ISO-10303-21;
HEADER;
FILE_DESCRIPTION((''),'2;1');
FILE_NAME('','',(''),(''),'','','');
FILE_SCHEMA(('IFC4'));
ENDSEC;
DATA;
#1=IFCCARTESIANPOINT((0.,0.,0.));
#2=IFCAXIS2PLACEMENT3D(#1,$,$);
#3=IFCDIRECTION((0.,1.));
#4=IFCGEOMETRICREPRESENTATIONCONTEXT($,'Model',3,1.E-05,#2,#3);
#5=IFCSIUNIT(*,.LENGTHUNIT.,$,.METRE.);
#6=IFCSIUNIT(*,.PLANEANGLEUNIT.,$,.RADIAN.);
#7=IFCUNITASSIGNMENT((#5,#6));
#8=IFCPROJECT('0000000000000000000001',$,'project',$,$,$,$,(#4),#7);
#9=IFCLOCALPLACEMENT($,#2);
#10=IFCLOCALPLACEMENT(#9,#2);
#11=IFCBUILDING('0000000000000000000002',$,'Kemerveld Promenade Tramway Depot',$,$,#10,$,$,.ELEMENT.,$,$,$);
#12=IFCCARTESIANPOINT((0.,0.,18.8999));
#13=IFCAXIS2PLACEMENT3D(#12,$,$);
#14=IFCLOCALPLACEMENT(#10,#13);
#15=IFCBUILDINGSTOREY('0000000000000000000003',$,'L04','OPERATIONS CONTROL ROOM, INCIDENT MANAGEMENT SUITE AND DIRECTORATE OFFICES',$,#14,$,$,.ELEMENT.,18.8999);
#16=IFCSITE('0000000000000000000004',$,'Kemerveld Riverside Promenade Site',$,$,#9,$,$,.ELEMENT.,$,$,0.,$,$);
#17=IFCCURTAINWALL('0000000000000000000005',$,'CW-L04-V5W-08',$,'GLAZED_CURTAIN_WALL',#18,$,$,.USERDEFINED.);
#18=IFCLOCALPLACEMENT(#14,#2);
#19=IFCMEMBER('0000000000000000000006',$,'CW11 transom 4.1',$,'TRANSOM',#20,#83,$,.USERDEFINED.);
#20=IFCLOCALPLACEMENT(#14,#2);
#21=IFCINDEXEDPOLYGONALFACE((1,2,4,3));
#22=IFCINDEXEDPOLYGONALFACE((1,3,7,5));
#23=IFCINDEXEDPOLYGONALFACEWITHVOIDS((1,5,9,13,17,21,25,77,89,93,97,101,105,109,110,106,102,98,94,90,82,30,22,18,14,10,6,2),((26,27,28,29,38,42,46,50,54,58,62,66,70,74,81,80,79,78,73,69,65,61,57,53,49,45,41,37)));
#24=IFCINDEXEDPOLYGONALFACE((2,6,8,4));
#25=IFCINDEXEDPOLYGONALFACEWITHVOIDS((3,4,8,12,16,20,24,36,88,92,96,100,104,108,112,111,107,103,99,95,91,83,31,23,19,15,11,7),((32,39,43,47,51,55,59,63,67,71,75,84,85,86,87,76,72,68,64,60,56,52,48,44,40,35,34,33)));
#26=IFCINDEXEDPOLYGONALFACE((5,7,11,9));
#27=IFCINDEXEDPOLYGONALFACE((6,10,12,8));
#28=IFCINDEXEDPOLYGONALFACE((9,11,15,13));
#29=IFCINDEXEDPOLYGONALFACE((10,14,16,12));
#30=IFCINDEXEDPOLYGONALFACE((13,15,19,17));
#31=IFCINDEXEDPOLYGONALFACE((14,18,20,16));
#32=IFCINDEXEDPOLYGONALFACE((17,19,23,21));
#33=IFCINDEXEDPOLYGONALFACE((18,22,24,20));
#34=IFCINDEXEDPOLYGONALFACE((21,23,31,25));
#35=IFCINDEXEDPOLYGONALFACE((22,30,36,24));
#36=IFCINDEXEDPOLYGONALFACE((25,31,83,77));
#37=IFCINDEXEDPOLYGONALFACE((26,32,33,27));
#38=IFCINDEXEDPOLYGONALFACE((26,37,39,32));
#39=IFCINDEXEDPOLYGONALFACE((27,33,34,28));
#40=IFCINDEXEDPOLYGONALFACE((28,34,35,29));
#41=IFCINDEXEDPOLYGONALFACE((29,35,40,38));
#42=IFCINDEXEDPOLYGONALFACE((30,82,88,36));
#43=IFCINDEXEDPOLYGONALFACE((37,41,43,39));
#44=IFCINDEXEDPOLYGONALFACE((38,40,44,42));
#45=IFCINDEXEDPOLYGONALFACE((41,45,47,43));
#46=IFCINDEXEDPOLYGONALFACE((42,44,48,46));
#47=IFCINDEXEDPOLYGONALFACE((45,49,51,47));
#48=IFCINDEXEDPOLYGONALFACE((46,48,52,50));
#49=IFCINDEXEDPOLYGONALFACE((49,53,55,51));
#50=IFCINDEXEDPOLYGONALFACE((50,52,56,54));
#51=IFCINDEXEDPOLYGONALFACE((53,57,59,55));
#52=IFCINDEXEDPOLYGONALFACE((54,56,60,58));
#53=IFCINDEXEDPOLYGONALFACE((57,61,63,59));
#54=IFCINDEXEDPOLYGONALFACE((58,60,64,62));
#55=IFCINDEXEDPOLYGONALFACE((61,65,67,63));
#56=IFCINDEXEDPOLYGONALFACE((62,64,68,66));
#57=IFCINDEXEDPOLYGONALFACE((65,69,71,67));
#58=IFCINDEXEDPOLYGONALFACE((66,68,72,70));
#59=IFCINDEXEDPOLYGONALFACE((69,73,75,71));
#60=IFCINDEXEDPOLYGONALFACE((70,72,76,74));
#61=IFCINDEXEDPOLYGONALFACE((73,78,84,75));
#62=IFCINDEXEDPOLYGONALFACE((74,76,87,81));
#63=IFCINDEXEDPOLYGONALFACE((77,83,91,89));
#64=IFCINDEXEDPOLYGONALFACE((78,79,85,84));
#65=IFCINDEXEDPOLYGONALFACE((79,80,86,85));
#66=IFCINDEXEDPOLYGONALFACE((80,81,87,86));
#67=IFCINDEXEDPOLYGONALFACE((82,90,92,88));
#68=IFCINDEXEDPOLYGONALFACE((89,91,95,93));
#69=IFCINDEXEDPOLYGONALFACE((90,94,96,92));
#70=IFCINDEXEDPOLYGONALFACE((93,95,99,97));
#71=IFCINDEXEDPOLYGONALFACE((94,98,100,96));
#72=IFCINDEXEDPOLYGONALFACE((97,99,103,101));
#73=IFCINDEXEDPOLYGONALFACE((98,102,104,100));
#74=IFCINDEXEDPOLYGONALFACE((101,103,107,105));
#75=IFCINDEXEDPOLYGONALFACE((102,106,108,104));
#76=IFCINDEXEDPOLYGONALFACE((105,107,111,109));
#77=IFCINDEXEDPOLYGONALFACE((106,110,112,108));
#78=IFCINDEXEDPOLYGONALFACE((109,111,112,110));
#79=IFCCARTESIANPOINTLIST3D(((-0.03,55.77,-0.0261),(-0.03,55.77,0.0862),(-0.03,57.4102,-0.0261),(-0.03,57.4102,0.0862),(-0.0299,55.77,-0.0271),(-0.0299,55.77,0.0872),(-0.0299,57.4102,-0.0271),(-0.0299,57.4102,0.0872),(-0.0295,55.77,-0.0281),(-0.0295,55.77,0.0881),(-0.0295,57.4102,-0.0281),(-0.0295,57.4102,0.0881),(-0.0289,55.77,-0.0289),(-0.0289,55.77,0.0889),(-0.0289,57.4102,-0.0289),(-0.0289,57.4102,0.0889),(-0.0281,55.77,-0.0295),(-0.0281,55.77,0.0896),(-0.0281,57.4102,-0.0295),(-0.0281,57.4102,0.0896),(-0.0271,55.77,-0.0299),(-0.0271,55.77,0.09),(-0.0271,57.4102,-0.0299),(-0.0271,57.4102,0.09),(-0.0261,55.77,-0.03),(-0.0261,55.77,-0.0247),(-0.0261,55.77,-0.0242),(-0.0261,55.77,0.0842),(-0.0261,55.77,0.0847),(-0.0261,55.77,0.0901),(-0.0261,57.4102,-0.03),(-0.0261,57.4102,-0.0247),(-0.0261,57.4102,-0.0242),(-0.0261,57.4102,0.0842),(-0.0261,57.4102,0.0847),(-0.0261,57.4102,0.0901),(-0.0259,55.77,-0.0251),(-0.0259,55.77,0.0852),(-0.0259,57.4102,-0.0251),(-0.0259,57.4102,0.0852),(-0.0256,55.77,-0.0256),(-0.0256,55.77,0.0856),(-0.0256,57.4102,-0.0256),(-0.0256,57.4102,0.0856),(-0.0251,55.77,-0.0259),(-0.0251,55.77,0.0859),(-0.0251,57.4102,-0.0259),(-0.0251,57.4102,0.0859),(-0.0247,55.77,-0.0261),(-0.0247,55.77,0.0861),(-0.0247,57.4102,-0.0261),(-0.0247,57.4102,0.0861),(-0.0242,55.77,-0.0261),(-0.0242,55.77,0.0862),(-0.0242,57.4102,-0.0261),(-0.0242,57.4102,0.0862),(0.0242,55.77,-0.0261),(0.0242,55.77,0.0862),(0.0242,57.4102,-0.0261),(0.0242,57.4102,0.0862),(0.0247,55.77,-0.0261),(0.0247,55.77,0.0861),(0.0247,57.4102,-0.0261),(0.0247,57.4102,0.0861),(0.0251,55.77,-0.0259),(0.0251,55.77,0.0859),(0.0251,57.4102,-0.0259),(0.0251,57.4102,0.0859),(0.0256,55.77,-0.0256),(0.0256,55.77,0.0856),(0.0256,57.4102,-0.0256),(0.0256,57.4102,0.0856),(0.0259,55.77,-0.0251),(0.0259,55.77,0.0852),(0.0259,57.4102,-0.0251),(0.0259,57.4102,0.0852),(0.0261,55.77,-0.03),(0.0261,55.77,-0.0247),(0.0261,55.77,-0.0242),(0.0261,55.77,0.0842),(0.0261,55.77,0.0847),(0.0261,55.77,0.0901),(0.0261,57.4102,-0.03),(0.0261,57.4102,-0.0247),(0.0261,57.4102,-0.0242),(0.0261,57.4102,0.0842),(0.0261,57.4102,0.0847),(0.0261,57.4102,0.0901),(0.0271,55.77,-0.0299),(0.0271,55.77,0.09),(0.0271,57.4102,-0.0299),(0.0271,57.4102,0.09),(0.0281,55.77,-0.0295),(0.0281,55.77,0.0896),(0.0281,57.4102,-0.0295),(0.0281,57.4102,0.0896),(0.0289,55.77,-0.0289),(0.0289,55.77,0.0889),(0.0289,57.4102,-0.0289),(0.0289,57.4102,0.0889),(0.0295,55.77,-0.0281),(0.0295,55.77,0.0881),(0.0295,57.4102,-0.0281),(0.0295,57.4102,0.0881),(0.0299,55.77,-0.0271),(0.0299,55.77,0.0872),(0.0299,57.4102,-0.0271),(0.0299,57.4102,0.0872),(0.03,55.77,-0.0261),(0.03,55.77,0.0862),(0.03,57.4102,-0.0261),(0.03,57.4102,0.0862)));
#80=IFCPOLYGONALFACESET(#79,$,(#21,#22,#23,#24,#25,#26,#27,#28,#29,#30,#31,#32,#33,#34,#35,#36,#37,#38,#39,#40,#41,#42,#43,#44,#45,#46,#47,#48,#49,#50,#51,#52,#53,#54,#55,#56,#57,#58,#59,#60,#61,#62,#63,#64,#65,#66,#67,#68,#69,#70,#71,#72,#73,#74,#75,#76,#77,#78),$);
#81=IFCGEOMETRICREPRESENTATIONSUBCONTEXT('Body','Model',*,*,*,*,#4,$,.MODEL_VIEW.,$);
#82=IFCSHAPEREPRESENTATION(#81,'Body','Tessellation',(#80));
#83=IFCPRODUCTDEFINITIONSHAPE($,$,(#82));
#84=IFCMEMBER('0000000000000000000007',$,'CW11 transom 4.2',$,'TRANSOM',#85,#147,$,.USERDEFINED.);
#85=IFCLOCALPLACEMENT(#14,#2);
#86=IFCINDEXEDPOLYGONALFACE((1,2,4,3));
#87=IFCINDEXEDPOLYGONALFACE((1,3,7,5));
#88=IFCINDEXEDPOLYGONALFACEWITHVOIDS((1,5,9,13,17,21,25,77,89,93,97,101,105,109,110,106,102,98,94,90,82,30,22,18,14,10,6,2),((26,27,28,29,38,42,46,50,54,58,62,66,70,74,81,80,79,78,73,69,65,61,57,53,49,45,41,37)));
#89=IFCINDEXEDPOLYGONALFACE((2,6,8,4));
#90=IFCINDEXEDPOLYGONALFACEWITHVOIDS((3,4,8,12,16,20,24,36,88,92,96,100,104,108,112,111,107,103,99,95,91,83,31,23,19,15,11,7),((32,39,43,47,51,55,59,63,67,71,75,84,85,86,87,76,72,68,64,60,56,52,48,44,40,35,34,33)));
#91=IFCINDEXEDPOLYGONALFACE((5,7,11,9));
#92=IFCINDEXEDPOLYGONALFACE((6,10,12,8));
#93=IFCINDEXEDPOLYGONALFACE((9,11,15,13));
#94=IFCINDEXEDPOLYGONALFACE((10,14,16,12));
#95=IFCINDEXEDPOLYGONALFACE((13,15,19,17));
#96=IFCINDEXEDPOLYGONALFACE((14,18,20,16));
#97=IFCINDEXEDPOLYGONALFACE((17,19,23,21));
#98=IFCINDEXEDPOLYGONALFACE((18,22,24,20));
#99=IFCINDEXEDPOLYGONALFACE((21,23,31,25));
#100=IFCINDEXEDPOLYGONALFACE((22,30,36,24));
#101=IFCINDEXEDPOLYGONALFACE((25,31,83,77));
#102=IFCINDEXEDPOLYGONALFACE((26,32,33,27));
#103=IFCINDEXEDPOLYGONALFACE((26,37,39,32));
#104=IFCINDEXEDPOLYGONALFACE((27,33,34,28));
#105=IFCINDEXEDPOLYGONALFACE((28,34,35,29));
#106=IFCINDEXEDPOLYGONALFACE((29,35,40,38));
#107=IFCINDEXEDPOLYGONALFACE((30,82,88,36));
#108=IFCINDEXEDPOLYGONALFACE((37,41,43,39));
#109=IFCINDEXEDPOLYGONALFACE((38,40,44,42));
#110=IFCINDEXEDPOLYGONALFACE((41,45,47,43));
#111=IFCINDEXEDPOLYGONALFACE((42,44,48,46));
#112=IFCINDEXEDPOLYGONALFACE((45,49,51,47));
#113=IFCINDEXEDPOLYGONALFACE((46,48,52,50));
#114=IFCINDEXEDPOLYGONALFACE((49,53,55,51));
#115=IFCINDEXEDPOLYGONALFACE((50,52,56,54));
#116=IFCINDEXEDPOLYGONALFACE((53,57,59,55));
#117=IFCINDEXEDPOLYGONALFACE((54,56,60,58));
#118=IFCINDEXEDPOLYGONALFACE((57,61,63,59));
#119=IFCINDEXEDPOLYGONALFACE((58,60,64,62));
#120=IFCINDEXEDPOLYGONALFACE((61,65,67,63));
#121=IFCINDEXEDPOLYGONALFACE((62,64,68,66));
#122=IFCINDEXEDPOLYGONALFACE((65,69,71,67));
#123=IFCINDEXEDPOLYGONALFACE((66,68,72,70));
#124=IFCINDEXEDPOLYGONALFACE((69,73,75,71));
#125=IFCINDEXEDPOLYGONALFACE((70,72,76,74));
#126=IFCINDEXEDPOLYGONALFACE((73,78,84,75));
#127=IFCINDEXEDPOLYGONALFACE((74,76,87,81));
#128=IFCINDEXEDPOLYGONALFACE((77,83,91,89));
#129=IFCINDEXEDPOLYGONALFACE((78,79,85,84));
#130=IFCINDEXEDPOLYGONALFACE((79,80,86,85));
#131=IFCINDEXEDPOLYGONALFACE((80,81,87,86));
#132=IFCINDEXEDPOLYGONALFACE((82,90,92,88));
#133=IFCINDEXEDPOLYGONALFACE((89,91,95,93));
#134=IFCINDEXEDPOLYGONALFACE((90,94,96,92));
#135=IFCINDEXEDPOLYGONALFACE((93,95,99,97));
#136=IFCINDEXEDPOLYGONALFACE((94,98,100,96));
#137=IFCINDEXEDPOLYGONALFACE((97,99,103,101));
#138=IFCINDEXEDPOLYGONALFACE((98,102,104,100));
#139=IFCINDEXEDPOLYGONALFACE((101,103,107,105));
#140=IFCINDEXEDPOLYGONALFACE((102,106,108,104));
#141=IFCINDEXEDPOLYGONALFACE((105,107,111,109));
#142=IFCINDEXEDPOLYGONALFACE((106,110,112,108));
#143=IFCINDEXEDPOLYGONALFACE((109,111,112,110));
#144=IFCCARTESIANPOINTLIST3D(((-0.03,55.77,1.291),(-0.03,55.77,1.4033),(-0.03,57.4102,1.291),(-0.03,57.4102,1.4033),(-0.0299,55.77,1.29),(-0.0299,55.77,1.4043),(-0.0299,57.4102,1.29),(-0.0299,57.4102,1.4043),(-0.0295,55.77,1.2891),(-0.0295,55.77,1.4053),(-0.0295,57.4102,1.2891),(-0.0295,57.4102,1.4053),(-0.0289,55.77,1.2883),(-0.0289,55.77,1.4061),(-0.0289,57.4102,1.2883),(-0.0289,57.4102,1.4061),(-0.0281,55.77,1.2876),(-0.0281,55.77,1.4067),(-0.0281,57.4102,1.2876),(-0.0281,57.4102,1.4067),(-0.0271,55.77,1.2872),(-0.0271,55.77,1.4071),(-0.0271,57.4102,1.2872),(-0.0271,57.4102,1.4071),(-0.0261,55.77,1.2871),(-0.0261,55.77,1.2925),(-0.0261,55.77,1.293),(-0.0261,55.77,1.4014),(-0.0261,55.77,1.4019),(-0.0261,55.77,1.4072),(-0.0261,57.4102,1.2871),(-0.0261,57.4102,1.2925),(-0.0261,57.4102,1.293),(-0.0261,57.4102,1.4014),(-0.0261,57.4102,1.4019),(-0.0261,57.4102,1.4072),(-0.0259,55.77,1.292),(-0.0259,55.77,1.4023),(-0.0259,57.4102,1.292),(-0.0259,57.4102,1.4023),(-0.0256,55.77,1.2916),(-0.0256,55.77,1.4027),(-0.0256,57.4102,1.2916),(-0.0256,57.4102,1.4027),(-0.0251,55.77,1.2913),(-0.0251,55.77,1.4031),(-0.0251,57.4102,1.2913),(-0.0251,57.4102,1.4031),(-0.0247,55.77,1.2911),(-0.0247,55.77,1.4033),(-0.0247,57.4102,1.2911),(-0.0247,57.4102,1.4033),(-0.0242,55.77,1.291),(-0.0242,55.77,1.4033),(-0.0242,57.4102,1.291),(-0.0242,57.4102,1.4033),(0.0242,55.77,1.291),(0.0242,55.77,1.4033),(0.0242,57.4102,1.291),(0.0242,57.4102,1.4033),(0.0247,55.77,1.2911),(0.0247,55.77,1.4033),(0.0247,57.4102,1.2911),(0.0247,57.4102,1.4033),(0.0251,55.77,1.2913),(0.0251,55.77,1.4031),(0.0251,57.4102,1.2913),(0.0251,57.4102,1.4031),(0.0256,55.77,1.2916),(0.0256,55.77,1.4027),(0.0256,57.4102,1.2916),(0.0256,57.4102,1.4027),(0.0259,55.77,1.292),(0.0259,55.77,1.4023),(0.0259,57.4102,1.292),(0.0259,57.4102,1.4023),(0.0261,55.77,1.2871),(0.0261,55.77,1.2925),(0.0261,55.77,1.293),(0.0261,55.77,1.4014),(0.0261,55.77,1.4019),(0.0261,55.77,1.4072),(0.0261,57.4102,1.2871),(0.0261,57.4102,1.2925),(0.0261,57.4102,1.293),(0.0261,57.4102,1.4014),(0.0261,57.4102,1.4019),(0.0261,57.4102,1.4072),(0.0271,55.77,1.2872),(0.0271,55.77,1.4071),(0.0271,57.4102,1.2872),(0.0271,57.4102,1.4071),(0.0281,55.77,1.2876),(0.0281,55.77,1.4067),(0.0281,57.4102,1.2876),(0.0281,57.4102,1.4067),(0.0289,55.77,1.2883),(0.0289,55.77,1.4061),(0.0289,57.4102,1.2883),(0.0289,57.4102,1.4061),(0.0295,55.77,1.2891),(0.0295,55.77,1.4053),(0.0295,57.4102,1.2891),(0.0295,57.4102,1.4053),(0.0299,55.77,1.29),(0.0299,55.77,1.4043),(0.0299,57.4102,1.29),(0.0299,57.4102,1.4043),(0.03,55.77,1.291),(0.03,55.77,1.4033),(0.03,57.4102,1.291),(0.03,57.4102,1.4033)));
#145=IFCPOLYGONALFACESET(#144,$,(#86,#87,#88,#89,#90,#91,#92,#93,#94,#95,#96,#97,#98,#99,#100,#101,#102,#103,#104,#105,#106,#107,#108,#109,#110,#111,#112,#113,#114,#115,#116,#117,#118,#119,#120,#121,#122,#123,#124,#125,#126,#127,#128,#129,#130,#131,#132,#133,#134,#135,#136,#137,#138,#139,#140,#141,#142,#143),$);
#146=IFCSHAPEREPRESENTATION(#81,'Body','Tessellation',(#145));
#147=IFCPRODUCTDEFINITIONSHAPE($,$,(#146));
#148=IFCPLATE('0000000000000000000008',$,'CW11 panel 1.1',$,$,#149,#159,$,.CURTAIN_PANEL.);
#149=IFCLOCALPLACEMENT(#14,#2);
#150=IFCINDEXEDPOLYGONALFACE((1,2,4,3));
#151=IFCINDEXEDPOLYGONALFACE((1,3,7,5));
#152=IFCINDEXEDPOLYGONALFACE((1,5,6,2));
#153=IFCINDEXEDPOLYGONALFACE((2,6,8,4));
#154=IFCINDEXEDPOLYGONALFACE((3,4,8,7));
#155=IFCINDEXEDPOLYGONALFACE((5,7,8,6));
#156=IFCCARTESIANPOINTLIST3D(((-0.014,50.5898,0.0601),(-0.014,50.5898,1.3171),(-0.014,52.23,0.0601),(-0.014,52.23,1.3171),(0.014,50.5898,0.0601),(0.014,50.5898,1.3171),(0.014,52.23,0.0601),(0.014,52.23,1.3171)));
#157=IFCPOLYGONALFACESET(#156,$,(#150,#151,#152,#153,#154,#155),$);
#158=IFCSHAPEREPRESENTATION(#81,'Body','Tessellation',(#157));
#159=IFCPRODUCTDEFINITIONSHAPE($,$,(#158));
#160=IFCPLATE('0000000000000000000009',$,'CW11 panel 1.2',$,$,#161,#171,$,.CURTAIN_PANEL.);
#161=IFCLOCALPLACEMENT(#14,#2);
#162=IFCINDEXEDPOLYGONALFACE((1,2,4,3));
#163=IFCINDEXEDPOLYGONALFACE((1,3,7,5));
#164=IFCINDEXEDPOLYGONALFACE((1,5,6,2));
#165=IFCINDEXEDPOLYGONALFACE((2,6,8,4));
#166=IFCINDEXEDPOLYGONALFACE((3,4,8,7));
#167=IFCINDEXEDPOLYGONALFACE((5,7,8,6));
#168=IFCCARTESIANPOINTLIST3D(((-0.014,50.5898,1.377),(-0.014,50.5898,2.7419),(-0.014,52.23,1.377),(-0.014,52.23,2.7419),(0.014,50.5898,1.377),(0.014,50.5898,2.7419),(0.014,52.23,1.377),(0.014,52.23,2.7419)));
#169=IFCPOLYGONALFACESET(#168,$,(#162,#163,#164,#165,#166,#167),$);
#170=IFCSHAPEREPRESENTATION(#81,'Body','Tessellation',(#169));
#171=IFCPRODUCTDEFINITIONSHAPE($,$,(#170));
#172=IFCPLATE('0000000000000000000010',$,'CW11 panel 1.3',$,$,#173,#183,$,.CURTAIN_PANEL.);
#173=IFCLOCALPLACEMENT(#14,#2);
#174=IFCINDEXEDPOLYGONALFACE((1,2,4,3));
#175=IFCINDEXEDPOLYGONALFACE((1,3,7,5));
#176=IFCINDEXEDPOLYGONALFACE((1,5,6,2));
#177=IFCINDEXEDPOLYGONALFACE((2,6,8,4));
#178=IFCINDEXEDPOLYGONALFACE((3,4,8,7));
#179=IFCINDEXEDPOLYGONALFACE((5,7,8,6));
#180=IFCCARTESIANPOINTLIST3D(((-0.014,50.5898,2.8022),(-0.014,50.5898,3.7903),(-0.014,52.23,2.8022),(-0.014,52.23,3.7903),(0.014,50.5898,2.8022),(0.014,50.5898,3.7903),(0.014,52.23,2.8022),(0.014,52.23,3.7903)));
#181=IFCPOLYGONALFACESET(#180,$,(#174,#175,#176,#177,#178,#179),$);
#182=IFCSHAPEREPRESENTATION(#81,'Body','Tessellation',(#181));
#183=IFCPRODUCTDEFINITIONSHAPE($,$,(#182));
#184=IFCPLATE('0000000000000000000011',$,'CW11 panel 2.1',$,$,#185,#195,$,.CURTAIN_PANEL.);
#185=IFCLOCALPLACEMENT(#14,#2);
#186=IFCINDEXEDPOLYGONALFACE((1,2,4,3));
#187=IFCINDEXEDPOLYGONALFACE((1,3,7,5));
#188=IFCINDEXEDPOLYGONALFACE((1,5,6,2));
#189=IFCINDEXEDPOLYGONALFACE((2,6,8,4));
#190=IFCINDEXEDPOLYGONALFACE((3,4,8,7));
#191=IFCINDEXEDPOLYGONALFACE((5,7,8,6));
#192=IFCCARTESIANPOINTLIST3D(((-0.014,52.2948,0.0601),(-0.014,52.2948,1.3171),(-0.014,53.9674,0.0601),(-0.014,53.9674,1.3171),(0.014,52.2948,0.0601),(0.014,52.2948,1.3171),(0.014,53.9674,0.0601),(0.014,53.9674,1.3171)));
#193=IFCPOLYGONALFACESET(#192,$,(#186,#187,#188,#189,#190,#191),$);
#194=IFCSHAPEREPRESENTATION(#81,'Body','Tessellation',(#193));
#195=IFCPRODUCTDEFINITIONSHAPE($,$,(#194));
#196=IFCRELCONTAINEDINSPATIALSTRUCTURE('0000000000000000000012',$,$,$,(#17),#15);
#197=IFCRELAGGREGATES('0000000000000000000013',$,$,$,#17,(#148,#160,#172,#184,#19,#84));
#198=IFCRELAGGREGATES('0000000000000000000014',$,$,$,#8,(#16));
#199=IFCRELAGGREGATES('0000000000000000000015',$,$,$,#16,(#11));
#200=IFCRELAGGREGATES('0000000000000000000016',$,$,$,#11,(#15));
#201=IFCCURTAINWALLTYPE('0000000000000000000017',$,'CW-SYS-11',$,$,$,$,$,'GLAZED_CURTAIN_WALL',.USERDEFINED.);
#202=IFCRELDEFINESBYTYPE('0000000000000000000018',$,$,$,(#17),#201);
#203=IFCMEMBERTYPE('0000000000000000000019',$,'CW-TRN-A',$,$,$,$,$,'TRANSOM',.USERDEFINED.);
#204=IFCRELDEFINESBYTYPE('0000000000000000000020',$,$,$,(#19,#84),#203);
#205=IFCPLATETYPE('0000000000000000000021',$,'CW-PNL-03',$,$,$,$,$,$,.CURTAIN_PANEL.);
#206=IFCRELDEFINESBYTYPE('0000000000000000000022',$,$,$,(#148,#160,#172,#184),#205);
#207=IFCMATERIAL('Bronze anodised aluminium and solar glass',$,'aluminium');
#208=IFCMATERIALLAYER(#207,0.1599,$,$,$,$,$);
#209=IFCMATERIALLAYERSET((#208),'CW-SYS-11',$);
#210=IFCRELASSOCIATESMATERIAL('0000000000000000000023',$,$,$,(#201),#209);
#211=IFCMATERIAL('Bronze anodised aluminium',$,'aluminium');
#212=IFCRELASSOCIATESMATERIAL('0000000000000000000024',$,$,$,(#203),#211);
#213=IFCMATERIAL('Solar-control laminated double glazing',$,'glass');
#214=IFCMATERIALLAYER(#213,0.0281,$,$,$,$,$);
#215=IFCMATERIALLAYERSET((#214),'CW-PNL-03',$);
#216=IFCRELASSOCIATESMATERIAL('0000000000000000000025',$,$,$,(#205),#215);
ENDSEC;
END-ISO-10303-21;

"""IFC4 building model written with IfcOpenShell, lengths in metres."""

from ifc_helpers import new_model, si_unit, direction, frame, origin, origin_2d, place, context, subcontext, project, spatial, rectangle, hollow_rectangle, extrude, material, layer, layer_set, material_profile, profile_set, type_object, element, aggregate, save


model = new_model("IFC4")

# Units and contexts
model_context = context("Model", 3, precision=1e-05, world=origin(), true_north=direction((0.0, 1.0)))
body_context = subcontext(model_context, "Body", "Model", "MODEL_VIEW")
ifc_project = project(units=[si_unit("LENGTHUNIT", "METRE"), si_unit("PLANEANGLEUNIT", "RADIAN")], contexts=[model_context])

# Site, building, storey
site_placement = place(None, origin())
site = spatial("IfcSite", under=ifc_project, at=site_placement, Name="Kemerveld Riverside Promenade Site", CompositionType="ELEMENT", RefElevation=0.0)
building_placement = place(site_placement, origin())
building = spatial("IfcBuilding", under=site, at=building_placement, Name="Kemerveld Promenade Tramway Depot", CompositionType="ELEMENT")
storey_placement = place(building_placement, frame((0.0, 0.0, 18.8999)))
storey = spatial("IfcBuildingStorey", under=building, at=storey_placement, Name="L04", Description="OPERATIONS CONTROL ROOM, INCIDENT MANAGEMENT SUITE AND DIRECTORATE OFFICES", CompositionType="ELEMENT", Elevation=18.8999)

# Curtain wall, members, plates
ifc_material_1 = material(Name="Bronze anodised aluminium and solar glass", Category="aluminium")
ifc_layer_1 = layer(ifc_material_1, 0.1599)
ifc_layer_set_1 = layer_set([ifc_layer_1], Name="CW-SYS-11")
curtain_wall_type = type_object("IfcCurtainWallType", Name="CW-SYS-11", ElementType="GLAZED_CURTAIN_WALL", PredefinedType="USERDEFINED", material=ifc_layer_set_1)
curtain_wall_placement = place(storey_placement, origin())
curtain_wall = element("IfcCurtainWall", 1, at=curtain_wall_placement, inside=storey, type_object=curtain_wall_type, Name="CW-L04-V5W-08", ObjectType="GLAZED_CURTAIN_WALL", PredefinedType="USERDEFINED")
ifc_material_2 = material(Name="Bronze anodised aluminium", Category="aluminium")
ifc_material_profile_1 = material_profile(ifc_material_2, hollow_rectangle(XDim=0.0601, YDim=0.1201, WallThickness=0.0039, InnerFilletRadius=0.002, OuterFilletRadius=0.0039, at=origin_2d()), Name="CW-TRN-120x60")
ifc_profile_set_1 = profile_set([ifc_material_profile_1], Name="Bronze anodised aluminium")
member_type_1 = type_object("IfcMemberType", Name="CW-TRN-A", ElementType="TRANSOM", PredefinedType="USERDEFINED", material=ifc_profile_set_1)
member_1_placement = place(storey_placement, frame((0.0, 55.77, 0.03), z_axis=(0.0, 1.0, 0.0), x_axis=(-1.0, 0.0, 0.0)))
member_1 = element("IfcMember", 2, at=member_1_placement, type_object=member_type_1, Name="CW11 transom 4.1", ObjectType="TRANSOM", PredefinedType="USERDEFINED", context=body_context, shape_type="SweptSolid", body=[
    extrude(hollow_rectangle(XDim=0.0601, YDim=0.1201, WallThickness=0.0039, InnerFilletRadius=0.002, OuterFilletRadius=0.0039, at=origin_2d()), origin(), (0.0, 0.0, 1.0), 1.6401),
])
member_2_placement = place(storey_placement, frame((0.0, 55.77, 1.3472), z_axis=(0.0, 1.0, 0.0), x_axis=(-1.0, 0.0, 0.0)))
member_2 = element("IfcMember", 3, at=member_2_placement, type_object=member_type_1, Name="CW11 transom 4.2", ObjectType="TRANSOM", PredefinedType="USERDEFINED", context=body_context, shape_type="SweptSolid", body=[
    extrude(hollow_rectangle(XDim=0.0601, YDim=0.1201, WallThickness=0.0039, InnerFilletRadius=0.002, OuterFilletRadius=0.0039, at=origin_2d()), origin(), (0.0, 0.0, 1.0), 1.6401),
])
ifc_material_3 = material(Name="Solar-control laminated double glazing", Category="glass")
ifc_layer_2 = layer(ifc_material_3, 0.0281)
ifc_layer_set_2 = layer_set([ifc_layer_2], Name="CW-PNL-03")
plate_type = type_object("IfcPlateType", Name="CW-PNL-03", PredefinedType="CURTAIN_PANEL", material=ifc_layer_set_2)
plate_1_placement = place(storey_placement, frame((0.0, 51.4099, 0.0601), z_axis=(0.0, 0.0, 1.0), x_axis=(0.0, 1.0, 0.0)))
plate_1 = element("IfcPlate", 4, at=plate_1_placement, type_object=plate_type, Name="CW11 panel 1.1", PredefinedType="CURTAIN_PANEL", context=body_context, shape_type="SweptSolid", body=[
    extrude(rectangle(XDim=1.6401, YDim=0.0281, at=origin_2d()), origin(), (0.0, 0.0, 1.0), 1.2571),
])
plate_2_placement = place(storey_placement, frame((0.0, 51.4099, 1.377), z_axis=(0.0, 0.0, 1.0), x_axis=(0.0, 1.0, 0.0)))
plate_2 = element("IfcPlate", 5, at=plate_2_placement, type_object=plate_type, Name="CW11 panel 1.2", PredefinedType="CURTAIN_PANEL", context=body_context, shape_type="SweptSolid", body=[
    extrude(rectangle(XDim=1.6401, YDim=0.0281, at=origin_2d()), origin(), (0.0, 0.0, 1.0), 1.365),
])
plate_3_placement = place(storey_placement, frame((0.0, 51.4099, 2.8022), z_axis=(0.0, 0.0, 1.0), x_axis=(0.0, 1.0, 0.0)))
plate_3 = element("IfcPlate", 6, at=plate_3_placement, type_object=plate_type, Name="CW11 panel 1.3", PredefinedType="CURTAIN_PANEL", context=body_context, shape_type="SweptSolid", body=[
    extrude(rectangle(XDim=1.6401, YDim=0.0281, at=origin_2d()), origin(), (0.0, 0.0, 1.0), 0.988),
])
plate_4_placement = place(storey_placement, frame((0.0, 53.1311, 0.0601), z_axis=(0.0, 0.0, 1.0), x_axis=(0.0, 1.0, 0.0)))
plate_4 = element("IfcPlate", 7, at=plate_4_placement, type_object=plate_type, Name="CW11 panel 2.1", PredefinedType="CURTAIN_PANEL", context=body_context, shape_type="SweptSolid", body=[
    extrude(rectangle(XDim=1.6726, YDim=0.0281, at=origin_2d()), origin(), (0.0, 0.0, 1.0), 1.2571),
])
aggregate(curtain_wall, [plate_1, plate_2, plate_3, plate_4, member_1, member_2])

save(model, "model.ifc")
